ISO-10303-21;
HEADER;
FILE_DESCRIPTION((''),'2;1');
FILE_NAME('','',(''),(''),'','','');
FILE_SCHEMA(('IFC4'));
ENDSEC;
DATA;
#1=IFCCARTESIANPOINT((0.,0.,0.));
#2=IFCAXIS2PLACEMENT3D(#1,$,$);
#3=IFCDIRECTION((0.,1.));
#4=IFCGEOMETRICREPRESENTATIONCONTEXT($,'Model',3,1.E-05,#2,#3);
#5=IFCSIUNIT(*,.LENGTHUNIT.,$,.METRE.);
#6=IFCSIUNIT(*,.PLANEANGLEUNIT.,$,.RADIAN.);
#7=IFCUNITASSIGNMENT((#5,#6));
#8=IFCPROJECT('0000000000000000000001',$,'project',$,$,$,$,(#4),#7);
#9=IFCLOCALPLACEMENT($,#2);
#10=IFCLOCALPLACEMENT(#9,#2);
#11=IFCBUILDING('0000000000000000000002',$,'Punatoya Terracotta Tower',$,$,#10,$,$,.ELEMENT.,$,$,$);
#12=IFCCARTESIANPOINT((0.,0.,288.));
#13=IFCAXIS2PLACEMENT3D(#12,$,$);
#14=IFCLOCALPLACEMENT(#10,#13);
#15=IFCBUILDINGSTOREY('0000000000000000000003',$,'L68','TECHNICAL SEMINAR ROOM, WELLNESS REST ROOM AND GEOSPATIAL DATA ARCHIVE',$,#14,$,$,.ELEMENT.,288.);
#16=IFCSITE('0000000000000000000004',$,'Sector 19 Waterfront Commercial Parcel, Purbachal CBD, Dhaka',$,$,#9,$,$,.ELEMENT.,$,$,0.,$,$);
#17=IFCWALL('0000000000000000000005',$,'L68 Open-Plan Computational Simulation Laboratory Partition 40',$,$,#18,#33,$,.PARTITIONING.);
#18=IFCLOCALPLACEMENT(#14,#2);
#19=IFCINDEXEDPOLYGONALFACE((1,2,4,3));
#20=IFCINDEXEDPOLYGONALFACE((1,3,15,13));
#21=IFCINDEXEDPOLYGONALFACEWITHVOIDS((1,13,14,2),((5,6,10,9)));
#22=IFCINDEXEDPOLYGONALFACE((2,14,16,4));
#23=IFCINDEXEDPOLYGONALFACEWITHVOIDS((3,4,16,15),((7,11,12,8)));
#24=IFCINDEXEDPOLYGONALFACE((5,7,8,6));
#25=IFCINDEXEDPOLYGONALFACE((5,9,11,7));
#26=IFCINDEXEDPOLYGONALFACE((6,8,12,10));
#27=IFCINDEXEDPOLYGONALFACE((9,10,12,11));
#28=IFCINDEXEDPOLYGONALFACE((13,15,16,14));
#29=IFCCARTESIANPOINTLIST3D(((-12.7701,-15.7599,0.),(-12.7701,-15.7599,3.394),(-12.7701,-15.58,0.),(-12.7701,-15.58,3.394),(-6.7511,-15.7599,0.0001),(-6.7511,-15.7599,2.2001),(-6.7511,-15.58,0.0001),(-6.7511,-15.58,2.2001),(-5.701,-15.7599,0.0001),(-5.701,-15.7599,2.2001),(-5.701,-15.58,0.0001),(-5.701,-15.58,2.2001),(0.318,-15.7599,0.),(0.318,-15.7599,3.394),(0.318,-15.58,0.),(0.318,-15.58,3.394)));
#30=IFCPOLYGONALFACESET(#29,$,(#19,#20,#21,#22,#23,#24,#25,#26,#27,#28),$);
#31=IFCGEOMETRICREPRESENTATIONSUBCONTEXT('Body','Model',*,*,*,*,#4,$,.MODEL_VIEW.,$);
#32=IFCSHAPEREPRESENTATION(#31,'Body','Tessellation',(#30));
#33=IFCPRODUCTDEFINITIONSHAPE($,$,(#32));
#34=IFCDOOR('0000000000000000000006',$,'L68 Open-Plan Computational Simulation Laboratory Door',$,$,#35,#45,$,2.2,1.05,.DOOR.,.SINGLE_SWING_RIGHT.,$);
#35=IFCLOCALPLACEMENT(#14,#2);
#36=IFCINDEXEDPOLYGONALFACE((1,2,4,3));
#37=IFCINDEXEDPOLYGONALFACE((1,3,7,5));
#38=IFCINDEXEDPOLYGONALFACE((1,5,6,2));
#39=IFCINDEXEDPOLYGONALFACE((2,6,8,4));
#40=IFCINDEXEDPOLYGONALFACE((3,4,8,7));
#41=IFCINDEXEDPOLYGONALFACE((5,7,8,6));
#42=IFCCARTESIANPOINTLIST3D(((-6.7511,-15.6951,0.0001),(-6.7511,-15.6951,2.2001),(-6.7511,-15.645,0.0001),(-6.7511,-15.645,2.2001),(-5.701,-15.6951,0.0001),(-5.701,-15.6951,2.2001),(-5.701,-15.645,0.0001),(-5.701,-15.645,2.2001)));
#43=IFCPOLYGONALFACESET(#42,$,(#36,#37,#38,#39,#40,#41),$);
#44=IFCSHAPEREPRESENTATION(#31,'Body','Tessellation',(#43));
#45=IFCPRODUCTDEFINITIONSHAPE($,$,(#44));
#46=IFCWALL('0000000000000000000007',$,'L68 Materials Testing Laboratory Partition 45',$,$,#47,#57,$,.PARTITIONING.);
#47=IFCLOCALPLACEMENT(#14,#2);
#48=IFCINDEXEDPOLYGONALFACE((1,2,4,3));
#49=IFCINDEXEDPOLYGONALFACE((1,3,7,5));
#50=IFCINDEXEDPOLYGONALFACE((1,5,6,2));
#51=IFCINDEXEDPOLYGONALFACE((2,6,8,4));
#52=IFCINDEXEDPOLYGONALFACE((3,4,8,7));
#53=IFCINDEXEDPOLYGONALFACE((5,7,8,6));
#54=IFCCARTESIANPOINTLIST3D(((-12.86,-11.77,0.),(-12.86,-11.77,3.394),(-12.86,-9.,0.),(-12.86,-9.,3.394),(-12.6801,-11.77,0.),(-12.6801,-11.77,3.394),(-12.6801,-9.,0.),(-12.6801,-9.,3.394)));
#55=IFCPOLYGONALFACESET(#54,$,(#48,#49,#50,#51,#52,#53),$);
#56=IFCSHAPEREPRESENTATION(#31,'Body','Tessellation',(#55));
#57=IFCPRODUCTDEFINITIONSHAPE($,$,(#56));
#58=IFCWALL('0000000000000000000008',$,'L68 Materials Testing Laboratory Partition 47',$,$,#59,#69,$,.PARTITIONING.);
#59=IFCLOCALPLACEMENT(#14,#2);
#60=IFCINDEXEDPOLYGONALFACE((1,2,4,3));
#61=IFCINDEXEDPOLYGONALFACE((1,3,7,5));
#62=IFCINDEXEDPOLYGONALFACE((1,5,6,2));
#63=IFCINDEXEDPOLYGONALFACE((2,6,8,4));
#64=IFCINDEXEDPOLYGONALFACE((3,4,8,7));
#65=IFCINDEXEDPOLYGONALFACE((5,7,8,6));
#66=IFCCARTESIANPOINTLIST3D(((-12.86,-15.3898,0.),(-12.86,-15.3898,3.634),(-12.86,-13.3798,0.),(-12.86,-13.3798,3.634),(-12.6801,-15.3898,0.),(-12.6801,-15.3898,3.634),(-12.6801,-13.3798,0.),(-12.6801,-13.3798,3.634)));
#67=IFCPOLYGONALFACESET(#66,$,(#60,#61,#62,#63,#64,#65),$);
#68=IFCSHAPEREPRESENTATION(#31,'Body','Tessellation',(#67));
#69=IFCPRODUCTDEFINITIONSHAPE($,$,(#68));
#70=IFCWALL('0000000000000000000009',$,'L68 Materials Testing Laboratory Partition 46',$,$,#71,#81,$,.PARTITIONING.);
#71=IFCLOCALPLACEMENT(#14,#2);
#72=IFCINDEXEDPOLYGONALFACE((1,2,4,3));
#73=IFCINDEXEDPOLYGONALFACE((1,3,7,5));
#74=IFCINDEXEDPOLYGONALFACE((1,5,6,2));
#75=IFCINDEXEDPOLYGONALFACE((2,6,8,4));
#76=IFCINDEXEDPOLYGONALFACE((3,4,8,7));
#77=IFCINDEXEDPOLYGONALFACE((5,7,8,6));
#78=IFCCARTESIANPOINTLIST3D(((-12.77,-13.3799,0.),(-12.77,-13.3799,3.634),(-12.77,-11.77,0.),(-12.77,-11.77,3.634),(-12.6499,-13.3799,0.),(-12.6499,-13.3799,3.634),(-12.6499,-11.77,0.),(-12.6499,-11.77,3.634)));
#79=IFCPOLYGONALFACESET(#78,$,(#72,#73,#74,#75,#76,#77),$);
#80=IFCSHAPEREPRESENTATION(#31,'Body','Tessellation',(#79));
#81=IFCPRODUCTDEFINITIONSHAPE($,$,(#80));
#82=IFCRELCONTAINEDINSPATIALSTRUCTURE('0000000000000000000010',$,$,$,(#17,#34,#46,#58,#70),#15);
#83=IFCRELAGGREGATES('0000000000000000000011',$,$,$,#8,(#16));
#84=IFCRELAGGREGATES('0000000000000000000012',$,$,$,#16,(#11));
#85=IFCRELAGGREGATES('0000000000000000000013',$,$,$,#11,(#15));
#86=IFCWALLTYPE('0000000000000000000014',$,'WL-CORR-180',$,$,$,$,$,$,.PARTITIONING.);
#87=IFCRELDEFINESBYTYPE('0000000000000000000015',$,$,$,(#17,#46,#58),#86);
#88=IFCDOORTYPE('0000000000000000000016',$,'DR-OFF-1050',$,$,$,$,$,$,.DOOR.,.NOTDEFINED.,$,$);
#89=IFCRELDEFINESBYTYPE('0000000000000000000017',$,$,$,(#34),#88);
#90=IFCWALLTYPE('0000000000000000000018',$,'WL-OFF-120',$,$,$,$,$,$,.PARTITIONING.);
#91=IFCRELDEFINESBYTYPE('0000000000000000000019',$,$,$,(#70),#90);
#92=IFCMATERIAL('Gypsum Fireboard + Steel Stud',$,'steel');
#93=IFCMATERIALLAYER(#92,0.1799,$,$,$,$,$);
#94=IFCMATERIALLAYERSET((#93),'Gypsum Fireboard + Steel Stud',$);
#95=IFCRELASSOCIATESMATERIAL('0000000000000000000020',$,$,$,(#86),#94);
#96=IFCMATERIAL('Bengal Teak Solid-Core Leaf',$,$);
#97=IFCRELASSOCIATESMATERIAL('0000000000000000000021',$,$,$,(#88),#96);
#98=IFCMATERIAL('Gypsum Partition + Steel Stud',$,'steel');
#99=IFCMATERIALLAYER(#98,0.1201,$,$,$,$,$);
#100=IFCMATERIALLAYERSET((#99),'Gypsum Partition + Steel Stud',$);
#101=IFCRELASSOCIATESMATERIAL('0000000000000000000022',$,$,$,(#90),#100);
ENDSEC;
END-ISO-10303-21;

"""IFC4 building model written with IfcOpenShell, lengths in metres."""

from ifc_helpers import new_model, si_unit, direction, frame, frame_2d, origin, place, context, subcontext, project, spatial, rectangle, extrude, material, layer, layer_set, type_object, element, fill, save


model = new_model("IFC4")

# Units and contexts
model_context = context("Model", 3, precision=1e-05, world=origin(), true_north=direction((0.0, 1.0)))
body_context = subcontext(model_context, "Body", "Model", "MODEL_VIEW")
ifc_project = project(units=[si_unit("LENGTHUNIT", "METRE"), si_unit("PLANEANGLEUNIT", "RADIAN")], contexts=[model_context])

# Site, building, storey
site_placement = place(None, origin())
site = spatial("IfcSite", under=ifc_project, at=site_placement, Name="Sector 19 Waterfront Commercial Parcel, Purbachal CBD, Dhaka", CompositionType="ELEMENT", RefElevation=0.0)
building_placement = place(site_placement, origin())
building = spatial("IfcBuilding", under=site, at=building_placement, Name="Punatoya Terracotta Tower", CompositionType="ELEMENT")
storey_placement = place(building_placement, frame((0.0, 0.0, 288.0)))
storey = spatial("IfcBuildingStorey", under=building, at=storey_placement, Name="L68", Description="TECHNICAL SEMINAR ROOM, WELLNESS REST ROOM AND GEOSPATIAL DATA ARCHIVE", CompositionType="ELEMENT", Elevation=288.0)

# Wall, opening, door
ifc_material_1 = material(Name="Gypsum Fireboard + Steel Stud", Category="steel")
ifc_layer_1 = layer(ifc_material_1, 0.1799)
ifc_layer_set_1 = layer_set([ifc_layer_1], Name="Gypsum Fireboard + Steel Stud")
wall_type_1 = type_object("IfcWallType", Name="WL-CORR-180", PredefinedType="PARTITIONING", material=ifc_layer_set_1)
wall_1_placement = place(storey_placement, frame((-12.77, -15.6699, 0.0), z_axis=(0.0, 0.0, 1.0), x_axis=(1.0, 0.0, 0.0)))
wall_1 = element("IfcWall", 1, at=wall_1_placement, inside=storey, type_object=wall_type_1, Name="L68 Open-Plan Computational Simulation Laboratory Partition 40", PredefinedType="PARTITIONING", context=body_context, shape_type="SweptSolid", body=[
    extrude(rectangle(XDim=13.0881, YDim=0.1799, at=frame_2d((6.5439, 0.0))), origin(), (0.0, 0.0, 1.0), 3.394),
])
opening_placement = place(wall_1_placement, frame((6.019, 0.0, 0.0)))
opening = element("IfcOpeningElement", 2, at=opening_placement, cuts=wall_1, PredefinedType="OPENING", context=body_context, shape_type="SweptSolid", body=[
    extrude(rectangle(XDim=1.05, YDim=2.2, at=frame_2d((0.5249, 1.1001))), frame((0.0, 0.0999, 0.0), z_axis=(0.0, -1.0, 0.0), x_axis=(1.0, 0.0, 0.0)), (0.0, 0.0, 1.0), 0.2),
])
ifc_material_2 = material(Name="Bengal Teak Solid-Core Leaf")
door_type = type_object("IfcDoorType", Name="DR-OFF-1050", OperationType="NOTDEFINED", PredefinedType="DOOR", material=ifc_material_2)
door_placement = place(opening_placement, origin())
door = element("IfcDoor", 3, at=door_placement, inside=storey, type_object=door_type, Name="L68 Open-Plan Computational Simulation Laboratory Door", OperationType="SINGLE_SWING_RIGHT", OverallHeight=2.2, OverallWidth=1.05, PredefinedType="DOOR", context=body_context, shape_type="SweptSolid", body=[
    extrude(rectangle(XDim=1.05, YDim=2.2, at=frame_2d((0.5249, 1.1001))), frame((0.0, 0.0249, 0.0), z_axis=(0.0, -1.0, 0.0), x_axis=(1.0, 0.0, 0.0)), (0.0, 0.0, 1.0), 0.05),
])
fill(opening, door)

# Walls
wall_2_placement = place(storey_placement, frame((-12.77, -9.0, 0.0), z_axis=(0.0, 0.0, 1.0), x_axis=(0.0, -1.0, 0.0)))
element("IfcWall", 4, at=wall_2_placement, inside=storey, type_object=wall_type_1, Name="L68 Materials Testing Laboratory Partition 45", PredefinedType="PARTITIONING", context=body_context, shape_type="SweptSolid", body=[
    extrude(rectangle(XDim=2.77, YDim=0.1799, at=frame_2d((1.385, 0.0))), origin(), (0.0, 0.0, 1.0), 3.394),
])
wall_3_placement = place(storey_placement, frame((-12.77, -13.3799, 0.0), z_axis=(0.0, 0.0, 1.0), x_axis=(0.0, -1.0, 0.0)))
element("IfcWall", 5, at=wall_3_placement, inside=storey, type_object=wall_type_1, Name="L68 Materials Testing Laboratory Partition 47", PredefinedType="PARTITIONING", context=body_context, shape_type="SweptSolid", body=[
    extrude(rectangle(XDim=2.01, YDim=0.1799, at=frame_2d((1.0049, 0.0))), origin(), (0.0, 0.0, 1.0), 3.634),
])
ifc_material_3 = material(Name="Gypsum Partition + Steel Stud", Category="steel")
ifc_layer_2 = layer(ifc_material_3, 0.1201)
ifc_layer_set_2 = layer_set([ifc_layer_2], Name="Gypsum Partition + Steel Stud")
wall_type_2 = type_object("IfcWallType", Name="WL-OFF-120", PredefinedType="PARTITIONING", material=ifc_layer_set_2)
wall_4_placement = place(storey_placement, frame((-12.71, -11.77, 0.0), z_axis=(0.0, 0.0, 1.0), x_axis=(0.0, -1.0, 0.0)))
element("IfcWall", 6, at=wall_4_placement, inside=storey, type_object=wall_type_2, Name="L68 Materials Testing Laboratory Partition 46", PredefinedType="PARTITIONING", context=body_context, shape_type="SweptSolid", body=[
    extrude(rectangle(XDim=1.6099, YDim=0.1201, at=frame_2d((0.8049, 0.0))), origin(), (0.0, 0.0, 1.0), 3.634),
])

save(model, "model.ifc")
